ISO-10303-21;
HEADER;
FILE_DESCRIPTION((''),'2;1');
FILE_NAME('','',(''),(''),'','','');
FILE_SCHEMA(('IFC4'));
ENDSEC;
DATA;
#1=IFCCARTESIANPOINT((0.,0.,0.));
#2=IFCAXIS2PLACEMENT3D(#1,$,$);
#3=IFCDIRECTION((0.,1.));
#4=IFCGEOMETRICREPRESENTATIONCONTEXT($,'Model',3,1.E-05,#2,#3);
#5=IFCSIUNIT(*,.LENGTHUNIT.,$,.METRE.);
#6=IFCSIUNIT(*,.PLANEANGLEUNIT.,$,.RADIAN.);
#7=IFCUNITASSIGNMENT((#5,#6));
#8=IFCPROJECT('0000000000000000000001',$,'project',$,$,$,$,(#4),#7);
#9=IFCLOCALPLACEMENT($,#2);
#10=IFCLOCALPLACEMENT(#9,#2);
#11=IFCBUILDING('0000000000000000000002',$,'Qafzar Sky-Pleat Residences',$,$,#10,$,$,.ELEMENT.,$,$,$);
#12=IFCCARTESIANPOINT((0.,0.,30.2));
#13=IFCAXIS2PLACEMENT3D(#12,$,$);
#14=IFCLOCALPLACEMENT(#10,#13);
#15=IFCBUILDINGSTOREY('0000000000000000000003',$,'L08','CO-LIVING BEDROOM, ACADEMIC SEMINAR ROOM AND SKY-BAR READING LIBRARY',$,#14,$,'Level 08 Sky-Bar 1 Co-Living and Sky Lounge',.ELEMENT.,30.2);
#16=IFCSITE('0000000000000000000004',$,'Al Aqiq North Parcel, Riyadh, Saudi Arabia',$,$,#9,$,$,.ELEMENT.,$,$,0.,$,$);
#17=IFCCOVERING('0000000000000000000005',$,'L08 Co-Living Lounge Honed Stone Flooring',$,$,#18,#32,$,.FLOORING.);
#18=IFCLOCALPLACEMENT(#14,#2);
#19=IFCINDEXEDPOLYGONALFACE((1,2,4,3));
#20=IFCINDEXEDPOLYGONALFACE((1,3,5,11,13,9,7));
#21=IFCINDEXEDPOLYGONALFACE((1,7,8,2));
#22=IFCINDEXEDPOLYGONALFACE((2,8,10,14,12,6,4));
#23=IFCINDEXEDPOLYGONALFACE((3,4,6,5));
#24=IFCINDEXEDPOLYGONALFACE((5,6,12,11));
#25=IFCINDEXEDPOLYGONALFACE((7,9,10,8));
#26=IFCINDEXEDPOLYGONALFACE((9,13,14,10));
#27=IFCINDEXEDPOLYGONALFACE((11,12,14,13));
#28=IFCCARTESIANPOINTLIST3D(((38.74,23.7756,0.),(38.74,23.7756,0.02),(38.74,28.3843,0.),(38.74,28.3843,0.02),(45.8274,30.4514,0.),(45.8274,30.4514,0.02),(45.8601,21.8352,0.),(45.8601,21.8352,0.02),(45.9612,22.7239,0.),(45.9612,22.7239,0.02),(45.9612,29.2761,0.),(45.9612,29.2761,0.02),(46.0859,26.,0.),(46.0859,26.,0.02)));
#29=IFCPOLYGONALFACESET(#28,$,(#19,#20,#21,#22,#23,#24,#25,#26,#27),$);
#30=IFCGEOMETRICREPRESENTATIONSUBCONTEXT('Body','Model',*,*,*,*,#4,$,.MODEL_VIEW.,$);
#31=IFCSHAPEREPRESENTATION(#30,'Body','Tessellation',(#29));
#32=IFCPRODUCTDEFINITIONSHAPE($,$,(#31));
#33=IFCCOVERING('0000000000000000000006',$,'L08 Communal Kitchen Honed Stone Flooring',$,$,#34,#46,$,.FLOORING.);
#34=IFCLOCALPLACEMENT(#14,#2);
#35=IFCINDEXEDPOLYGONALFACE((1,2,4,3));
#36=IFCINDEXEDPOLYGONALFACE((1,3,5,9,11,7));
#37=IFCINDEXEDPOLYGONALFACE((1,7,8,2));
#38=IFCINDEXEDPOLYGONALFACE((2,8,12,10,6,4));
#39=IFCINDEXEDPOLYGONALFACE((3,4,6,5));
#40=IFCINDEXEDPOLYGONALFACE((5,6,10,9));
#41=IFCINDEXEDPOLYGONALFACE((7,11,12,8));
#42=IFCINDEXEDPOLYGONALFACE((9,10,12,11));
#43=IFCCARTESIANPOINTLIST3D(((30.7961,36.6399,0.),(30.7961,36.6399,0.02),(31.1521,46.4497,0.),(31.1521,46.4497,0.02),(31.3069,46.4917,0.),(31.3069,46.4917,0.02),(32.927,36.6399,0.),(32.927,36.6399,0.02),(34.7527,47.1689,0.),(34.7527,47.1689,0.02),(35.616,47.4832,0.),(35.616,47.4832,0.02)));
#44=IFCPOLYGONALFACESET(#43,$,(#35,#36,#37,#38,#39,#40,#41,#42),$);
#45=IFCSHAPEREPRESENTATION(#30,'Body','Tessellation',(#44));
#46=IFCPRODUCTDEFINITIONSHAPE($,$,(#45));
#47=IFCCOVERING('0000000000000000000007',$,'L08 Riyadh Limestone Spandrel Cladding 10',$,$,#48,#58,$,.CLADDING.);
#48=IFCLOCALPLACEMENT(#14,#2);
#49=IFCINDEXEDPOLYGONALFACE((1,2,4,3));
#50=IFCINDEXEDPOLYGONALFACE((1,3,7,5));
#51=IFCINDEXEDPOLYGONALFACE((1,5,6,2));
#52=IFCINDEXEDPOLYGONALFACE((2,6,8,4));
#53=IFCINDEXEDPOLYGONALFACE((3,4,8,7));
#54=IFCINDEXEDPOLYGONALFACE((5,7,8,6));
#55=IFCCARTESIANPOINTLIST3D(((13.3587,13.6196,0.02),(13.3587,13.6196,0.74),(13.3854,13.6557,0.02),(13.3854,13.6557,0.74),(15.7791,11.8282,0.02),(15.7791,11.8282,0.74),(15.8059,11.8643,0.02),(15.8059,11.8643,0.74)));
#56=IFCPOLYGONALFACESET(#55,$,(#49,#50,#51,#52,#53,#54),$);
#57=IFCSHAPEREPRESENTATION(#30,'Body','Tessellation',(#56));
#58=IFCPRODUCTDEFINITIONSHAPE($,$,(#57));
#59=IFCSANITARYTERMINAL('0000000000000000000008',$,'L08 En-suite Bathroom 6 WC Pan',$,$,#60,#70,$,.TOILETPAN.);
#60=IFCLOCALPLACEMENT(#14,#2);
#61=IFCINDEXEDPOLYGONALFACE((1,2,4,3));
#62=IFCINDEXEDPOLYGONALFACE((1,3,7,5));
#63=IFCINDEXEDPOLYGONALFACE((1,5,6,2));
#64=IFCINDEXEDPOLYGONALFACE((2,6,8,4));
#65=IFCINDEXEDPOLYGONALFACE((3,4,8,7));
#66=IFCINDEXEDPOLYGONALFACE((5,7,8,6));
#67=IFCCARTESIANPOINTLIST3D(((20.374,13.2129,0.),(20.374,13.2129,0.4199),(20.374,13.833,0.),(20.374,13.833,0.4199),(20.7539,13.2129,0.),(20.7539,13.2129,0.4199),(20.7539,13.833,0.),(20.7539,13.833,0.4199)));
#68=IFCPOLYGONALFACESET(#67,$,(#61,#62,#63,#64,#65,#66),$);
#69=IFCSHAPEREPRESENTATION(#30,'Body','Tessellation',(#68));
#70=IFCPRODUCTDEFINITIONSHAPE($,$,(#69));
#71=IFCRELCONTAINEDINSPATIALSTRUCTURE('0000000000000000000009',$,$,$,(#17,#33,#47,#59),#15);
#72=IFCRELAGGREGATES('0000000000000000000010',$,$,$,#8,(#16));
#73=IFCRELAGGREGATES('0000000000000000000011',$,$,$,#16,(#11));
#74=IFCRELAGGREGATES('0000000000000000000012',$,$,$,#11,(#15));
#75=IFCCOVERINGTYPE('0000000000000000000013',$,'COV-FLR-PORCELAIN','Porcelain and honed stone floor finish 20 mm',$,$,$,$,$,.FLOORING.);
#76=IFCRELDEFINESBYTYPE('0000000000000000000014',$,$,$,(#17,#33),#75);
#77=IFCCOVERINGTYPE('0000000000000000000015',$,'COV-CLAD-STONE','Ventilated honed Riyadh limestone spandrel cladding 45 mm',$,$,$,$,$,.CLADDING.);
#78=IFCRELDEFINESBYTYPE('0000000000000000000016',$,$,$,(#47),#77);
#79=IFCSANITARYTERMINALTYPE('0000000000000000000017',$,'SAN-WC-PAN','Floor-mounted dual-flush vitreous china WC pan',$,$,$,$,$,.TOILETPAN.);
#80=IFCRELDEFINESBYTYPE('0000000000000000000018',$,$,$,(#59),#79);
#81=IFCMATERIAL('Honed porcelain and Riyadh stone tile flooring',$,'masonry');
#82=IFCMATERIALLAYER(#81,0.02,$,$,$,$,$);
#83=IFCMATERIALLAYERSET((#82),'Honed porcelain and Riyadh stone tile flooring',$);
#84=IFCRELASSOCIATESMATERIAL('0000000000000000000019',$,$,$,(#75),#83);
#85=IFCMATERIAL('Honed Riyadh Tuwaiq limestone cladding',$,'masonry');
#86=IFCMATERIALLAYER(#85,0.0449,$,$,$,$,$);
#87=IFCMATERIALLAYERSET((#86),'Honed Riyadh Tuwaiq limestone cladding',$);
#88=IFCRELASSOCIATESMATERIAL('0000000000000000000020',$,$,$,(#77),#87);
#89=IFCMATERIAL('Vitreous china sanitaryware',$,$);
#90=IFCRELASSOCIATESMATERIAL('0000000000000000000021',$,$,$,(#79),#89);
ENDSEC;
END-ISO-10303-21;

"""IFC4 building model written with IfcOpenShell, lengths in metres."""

from ifc_helpers import new_model, si_unit, direction, frame, origin, origin_2d, place, context, subcontext, project, spatial, polyline, rectangle, outline, extrude, source, transform, mapped, material, layer, layer_set, type_object, element, save


model = new_model("IFC4")

# Units and contexts
model_context = context("Model", 3, precision=1e-05, world=origin(), true_north=direction((0.0, 1.0)))
body_context = subcontext(model_context, "Body", "Model", "MODEL_VIEW")
ifc_project = project(units=[si_unit("LENGTHUNIT", "METRE"), si_unit("PLANEANGLEUNIT", "RADIAN")], contexts=[model_context])

# Site, building, storey
site_placement = place(None, origin())
site = spatial("IfcSite", under=ifc_project, at=site_placement, Name="Al Aqiq North Parcel, Riyadh, Saudi Arabia", CompositionType="ELEMENT", RefElevation=0.0)
building_placement = place(site_placement, origin())
building = spatial("IfcBuilding", under=site, at=building_placement, Name="Qafzar Sky-Pleat Residences", CompositionType="ELEMENT")
storey_placement = place(building_placement, frame((0.0, 0.0, 30.2)))
storey = spatial("IfcBuildingStorey", under=building, at=storey_placement, Name="L08", Description="CO-LIVING BEDROOM, ACADEMIC SEMINAR ROOM AND SKY-BAR READING LIBRARY", LongName="Level 08 Sky-Bar 1 Co-Living and Sky Lounge", CompositionType="ELEMENT", Elevation=30.2)

# Coverings
ifc_material_1 = material(Name="Honed porcelain and Riyadh stone tile flooring", Category="masonry")
ifc_layer_1 = layer(ifc_material_1, 0.02)
ifc_layer_set_1 = layer_set([ifc_layer_1], Name="Honed porcelain and Riyadh stone tile flooring")
covering_type_1 = type_object("IfcCoveringType", Name="COV-FLR-PORCELAIN", Description="Porcelain and honed stone floor finish 20 mm", PredefinedType="FLOORING", material=ifc_layer_set_1)
covering_1_placement = place(storey_placement, origin())
element("IfcCovering", 1, at=covering_1_placement, inside=storey, type_object=covering_type_1, Name="L08 Co-Living Lounge Honed Stone Flooring", PredefinedType="FLOORING", context=body_context, shape_type="SweptSolid", body=[
    extrude(outline(polyline([(45.9612, 29.2761), (46.0859, 26.0), (45.9612, 22.7239), (45.8601, 21.8352), (38.74, 23.7756), (38.74, 28.3843), (45.8274, 30.4514), (45.9612, 29.2761)])), origin(), (0.0, 0.0, 1.0), 0.02),
])
covering_2_placement = place(storey_placement, origin())
element("IfcCovering", 2, at=covering_2_placement, inside=storey, type_object=covering_type_1, Name="L08 Communal Kitchen Honed Stone Flooring", PredefinedType="FLOORING", context=body_context, shape_type="SweptSolid", body=[
    extrude(outline(polyline([(34.7527, 47.1689), (35.616, 47.4832), (32.927, 36.6399), (30.7961, 36.6399), (31.1521, 46.4497), (31.3069, 46.4917), (34.7527, 47.1689)])), origin(), (0.0, 0.0, 1.0), 0.02),
])
ifc_material_2 = material(Name="Honed Riyadh Tuwaiq limestone cladding", Category="masonry")
ifc_layer_2 = layer(ifc_material_2, 0.0449)
ifc_layer_set_2 = layer_set([ifc_layer_2], Name="Honed Riyadh Tuwaiq limestone cladding")
covering_type_2 = type_object("IfcCoveringType", Name="COV-CLAD-STONE", Description="Ventilated honed Riyadh limestone spandrel cladding 45 mm", PredefinedType="CLADDING", material=ifc_layer_set_2)
shared_shape_1 = source(origin(), body_context, "Body", "SweptSolid", [
    extrude(rectangle(XDim=3.0112, YDim=0.0449, at=origin_2d()), origin(), (0.0, 0.0, 1.0), 0.72),
])
covering_3_placement = place(storey_placement, frame((14.5823, 12.7419, 0.02), z_axis=(0.0, 0.0, 1.0), x_axis=(0.803807, -0.59489, 0.0)))
element("IfcCovering", 3, at=covering_3_placement, inside=storey, type_object=covering_type_2, Name="L08 Riyadh Limestone Spandrel Cladding 10", PredefinedType="CLADDING", context=body_context, shape_type="MappedRepresentation", body=[
    mapped(shared_shape_1, transform((0.0, 0.0, 0.0), x_axis=(1.0, 0.0, 0.0), y_axis=(0.0, 1.0, 0.0), z_axis=(0.0, 0.0, 1.0), scale=1.0)),
])

# Sanitary terminal
ifc_material_3 = material(Name="Vitreous china sanitaryware")
sanitary_terminal_type = type_object("IfcSanitaryTerminalType", Name="SAN-WC-PAN", Description="Floor-mounted dual-flush vitreous china WC pan", PredefinedType="TOILETPAN", material=ifc_material_3)
shared_shape_2 = source(origin(), body_context, "Body", "SweptSolid", [
    extrude(rectangle(XDim=0.3799, YDim=0.6201, at=origin_2d()), origin(), (0.0, 0.0, 1.0), 0.4199),
])
sanitary_terminal_placement = place(storey_placement, frame((20.564, 13.5229, 0.0), z_axis=(0.0, 0.0, 1.0), x_axis=(1.0, 0.0, 0.0)))
element("IfcSanitaryTerminal", 4, at=sanitary_terminal_placement, inside=storey, type_object=sanitary_terminal_type, Name="L08 En-suite Bathroom 6 WC Pan", PredefinedType="TOILETPAN", context=body_context, shape_type="MappedRepresentation", body=[
    mapped(shared_shape_2, transform((0.0, 0.0, 0.0), x_axis=(1.0, 0.0, 0.0), y_axis=(0.0, 1.0, 0.0), z_axis=(0.0, 0.0, 1.0), scale=1.0)),
])

save(model, "model.ifc")
